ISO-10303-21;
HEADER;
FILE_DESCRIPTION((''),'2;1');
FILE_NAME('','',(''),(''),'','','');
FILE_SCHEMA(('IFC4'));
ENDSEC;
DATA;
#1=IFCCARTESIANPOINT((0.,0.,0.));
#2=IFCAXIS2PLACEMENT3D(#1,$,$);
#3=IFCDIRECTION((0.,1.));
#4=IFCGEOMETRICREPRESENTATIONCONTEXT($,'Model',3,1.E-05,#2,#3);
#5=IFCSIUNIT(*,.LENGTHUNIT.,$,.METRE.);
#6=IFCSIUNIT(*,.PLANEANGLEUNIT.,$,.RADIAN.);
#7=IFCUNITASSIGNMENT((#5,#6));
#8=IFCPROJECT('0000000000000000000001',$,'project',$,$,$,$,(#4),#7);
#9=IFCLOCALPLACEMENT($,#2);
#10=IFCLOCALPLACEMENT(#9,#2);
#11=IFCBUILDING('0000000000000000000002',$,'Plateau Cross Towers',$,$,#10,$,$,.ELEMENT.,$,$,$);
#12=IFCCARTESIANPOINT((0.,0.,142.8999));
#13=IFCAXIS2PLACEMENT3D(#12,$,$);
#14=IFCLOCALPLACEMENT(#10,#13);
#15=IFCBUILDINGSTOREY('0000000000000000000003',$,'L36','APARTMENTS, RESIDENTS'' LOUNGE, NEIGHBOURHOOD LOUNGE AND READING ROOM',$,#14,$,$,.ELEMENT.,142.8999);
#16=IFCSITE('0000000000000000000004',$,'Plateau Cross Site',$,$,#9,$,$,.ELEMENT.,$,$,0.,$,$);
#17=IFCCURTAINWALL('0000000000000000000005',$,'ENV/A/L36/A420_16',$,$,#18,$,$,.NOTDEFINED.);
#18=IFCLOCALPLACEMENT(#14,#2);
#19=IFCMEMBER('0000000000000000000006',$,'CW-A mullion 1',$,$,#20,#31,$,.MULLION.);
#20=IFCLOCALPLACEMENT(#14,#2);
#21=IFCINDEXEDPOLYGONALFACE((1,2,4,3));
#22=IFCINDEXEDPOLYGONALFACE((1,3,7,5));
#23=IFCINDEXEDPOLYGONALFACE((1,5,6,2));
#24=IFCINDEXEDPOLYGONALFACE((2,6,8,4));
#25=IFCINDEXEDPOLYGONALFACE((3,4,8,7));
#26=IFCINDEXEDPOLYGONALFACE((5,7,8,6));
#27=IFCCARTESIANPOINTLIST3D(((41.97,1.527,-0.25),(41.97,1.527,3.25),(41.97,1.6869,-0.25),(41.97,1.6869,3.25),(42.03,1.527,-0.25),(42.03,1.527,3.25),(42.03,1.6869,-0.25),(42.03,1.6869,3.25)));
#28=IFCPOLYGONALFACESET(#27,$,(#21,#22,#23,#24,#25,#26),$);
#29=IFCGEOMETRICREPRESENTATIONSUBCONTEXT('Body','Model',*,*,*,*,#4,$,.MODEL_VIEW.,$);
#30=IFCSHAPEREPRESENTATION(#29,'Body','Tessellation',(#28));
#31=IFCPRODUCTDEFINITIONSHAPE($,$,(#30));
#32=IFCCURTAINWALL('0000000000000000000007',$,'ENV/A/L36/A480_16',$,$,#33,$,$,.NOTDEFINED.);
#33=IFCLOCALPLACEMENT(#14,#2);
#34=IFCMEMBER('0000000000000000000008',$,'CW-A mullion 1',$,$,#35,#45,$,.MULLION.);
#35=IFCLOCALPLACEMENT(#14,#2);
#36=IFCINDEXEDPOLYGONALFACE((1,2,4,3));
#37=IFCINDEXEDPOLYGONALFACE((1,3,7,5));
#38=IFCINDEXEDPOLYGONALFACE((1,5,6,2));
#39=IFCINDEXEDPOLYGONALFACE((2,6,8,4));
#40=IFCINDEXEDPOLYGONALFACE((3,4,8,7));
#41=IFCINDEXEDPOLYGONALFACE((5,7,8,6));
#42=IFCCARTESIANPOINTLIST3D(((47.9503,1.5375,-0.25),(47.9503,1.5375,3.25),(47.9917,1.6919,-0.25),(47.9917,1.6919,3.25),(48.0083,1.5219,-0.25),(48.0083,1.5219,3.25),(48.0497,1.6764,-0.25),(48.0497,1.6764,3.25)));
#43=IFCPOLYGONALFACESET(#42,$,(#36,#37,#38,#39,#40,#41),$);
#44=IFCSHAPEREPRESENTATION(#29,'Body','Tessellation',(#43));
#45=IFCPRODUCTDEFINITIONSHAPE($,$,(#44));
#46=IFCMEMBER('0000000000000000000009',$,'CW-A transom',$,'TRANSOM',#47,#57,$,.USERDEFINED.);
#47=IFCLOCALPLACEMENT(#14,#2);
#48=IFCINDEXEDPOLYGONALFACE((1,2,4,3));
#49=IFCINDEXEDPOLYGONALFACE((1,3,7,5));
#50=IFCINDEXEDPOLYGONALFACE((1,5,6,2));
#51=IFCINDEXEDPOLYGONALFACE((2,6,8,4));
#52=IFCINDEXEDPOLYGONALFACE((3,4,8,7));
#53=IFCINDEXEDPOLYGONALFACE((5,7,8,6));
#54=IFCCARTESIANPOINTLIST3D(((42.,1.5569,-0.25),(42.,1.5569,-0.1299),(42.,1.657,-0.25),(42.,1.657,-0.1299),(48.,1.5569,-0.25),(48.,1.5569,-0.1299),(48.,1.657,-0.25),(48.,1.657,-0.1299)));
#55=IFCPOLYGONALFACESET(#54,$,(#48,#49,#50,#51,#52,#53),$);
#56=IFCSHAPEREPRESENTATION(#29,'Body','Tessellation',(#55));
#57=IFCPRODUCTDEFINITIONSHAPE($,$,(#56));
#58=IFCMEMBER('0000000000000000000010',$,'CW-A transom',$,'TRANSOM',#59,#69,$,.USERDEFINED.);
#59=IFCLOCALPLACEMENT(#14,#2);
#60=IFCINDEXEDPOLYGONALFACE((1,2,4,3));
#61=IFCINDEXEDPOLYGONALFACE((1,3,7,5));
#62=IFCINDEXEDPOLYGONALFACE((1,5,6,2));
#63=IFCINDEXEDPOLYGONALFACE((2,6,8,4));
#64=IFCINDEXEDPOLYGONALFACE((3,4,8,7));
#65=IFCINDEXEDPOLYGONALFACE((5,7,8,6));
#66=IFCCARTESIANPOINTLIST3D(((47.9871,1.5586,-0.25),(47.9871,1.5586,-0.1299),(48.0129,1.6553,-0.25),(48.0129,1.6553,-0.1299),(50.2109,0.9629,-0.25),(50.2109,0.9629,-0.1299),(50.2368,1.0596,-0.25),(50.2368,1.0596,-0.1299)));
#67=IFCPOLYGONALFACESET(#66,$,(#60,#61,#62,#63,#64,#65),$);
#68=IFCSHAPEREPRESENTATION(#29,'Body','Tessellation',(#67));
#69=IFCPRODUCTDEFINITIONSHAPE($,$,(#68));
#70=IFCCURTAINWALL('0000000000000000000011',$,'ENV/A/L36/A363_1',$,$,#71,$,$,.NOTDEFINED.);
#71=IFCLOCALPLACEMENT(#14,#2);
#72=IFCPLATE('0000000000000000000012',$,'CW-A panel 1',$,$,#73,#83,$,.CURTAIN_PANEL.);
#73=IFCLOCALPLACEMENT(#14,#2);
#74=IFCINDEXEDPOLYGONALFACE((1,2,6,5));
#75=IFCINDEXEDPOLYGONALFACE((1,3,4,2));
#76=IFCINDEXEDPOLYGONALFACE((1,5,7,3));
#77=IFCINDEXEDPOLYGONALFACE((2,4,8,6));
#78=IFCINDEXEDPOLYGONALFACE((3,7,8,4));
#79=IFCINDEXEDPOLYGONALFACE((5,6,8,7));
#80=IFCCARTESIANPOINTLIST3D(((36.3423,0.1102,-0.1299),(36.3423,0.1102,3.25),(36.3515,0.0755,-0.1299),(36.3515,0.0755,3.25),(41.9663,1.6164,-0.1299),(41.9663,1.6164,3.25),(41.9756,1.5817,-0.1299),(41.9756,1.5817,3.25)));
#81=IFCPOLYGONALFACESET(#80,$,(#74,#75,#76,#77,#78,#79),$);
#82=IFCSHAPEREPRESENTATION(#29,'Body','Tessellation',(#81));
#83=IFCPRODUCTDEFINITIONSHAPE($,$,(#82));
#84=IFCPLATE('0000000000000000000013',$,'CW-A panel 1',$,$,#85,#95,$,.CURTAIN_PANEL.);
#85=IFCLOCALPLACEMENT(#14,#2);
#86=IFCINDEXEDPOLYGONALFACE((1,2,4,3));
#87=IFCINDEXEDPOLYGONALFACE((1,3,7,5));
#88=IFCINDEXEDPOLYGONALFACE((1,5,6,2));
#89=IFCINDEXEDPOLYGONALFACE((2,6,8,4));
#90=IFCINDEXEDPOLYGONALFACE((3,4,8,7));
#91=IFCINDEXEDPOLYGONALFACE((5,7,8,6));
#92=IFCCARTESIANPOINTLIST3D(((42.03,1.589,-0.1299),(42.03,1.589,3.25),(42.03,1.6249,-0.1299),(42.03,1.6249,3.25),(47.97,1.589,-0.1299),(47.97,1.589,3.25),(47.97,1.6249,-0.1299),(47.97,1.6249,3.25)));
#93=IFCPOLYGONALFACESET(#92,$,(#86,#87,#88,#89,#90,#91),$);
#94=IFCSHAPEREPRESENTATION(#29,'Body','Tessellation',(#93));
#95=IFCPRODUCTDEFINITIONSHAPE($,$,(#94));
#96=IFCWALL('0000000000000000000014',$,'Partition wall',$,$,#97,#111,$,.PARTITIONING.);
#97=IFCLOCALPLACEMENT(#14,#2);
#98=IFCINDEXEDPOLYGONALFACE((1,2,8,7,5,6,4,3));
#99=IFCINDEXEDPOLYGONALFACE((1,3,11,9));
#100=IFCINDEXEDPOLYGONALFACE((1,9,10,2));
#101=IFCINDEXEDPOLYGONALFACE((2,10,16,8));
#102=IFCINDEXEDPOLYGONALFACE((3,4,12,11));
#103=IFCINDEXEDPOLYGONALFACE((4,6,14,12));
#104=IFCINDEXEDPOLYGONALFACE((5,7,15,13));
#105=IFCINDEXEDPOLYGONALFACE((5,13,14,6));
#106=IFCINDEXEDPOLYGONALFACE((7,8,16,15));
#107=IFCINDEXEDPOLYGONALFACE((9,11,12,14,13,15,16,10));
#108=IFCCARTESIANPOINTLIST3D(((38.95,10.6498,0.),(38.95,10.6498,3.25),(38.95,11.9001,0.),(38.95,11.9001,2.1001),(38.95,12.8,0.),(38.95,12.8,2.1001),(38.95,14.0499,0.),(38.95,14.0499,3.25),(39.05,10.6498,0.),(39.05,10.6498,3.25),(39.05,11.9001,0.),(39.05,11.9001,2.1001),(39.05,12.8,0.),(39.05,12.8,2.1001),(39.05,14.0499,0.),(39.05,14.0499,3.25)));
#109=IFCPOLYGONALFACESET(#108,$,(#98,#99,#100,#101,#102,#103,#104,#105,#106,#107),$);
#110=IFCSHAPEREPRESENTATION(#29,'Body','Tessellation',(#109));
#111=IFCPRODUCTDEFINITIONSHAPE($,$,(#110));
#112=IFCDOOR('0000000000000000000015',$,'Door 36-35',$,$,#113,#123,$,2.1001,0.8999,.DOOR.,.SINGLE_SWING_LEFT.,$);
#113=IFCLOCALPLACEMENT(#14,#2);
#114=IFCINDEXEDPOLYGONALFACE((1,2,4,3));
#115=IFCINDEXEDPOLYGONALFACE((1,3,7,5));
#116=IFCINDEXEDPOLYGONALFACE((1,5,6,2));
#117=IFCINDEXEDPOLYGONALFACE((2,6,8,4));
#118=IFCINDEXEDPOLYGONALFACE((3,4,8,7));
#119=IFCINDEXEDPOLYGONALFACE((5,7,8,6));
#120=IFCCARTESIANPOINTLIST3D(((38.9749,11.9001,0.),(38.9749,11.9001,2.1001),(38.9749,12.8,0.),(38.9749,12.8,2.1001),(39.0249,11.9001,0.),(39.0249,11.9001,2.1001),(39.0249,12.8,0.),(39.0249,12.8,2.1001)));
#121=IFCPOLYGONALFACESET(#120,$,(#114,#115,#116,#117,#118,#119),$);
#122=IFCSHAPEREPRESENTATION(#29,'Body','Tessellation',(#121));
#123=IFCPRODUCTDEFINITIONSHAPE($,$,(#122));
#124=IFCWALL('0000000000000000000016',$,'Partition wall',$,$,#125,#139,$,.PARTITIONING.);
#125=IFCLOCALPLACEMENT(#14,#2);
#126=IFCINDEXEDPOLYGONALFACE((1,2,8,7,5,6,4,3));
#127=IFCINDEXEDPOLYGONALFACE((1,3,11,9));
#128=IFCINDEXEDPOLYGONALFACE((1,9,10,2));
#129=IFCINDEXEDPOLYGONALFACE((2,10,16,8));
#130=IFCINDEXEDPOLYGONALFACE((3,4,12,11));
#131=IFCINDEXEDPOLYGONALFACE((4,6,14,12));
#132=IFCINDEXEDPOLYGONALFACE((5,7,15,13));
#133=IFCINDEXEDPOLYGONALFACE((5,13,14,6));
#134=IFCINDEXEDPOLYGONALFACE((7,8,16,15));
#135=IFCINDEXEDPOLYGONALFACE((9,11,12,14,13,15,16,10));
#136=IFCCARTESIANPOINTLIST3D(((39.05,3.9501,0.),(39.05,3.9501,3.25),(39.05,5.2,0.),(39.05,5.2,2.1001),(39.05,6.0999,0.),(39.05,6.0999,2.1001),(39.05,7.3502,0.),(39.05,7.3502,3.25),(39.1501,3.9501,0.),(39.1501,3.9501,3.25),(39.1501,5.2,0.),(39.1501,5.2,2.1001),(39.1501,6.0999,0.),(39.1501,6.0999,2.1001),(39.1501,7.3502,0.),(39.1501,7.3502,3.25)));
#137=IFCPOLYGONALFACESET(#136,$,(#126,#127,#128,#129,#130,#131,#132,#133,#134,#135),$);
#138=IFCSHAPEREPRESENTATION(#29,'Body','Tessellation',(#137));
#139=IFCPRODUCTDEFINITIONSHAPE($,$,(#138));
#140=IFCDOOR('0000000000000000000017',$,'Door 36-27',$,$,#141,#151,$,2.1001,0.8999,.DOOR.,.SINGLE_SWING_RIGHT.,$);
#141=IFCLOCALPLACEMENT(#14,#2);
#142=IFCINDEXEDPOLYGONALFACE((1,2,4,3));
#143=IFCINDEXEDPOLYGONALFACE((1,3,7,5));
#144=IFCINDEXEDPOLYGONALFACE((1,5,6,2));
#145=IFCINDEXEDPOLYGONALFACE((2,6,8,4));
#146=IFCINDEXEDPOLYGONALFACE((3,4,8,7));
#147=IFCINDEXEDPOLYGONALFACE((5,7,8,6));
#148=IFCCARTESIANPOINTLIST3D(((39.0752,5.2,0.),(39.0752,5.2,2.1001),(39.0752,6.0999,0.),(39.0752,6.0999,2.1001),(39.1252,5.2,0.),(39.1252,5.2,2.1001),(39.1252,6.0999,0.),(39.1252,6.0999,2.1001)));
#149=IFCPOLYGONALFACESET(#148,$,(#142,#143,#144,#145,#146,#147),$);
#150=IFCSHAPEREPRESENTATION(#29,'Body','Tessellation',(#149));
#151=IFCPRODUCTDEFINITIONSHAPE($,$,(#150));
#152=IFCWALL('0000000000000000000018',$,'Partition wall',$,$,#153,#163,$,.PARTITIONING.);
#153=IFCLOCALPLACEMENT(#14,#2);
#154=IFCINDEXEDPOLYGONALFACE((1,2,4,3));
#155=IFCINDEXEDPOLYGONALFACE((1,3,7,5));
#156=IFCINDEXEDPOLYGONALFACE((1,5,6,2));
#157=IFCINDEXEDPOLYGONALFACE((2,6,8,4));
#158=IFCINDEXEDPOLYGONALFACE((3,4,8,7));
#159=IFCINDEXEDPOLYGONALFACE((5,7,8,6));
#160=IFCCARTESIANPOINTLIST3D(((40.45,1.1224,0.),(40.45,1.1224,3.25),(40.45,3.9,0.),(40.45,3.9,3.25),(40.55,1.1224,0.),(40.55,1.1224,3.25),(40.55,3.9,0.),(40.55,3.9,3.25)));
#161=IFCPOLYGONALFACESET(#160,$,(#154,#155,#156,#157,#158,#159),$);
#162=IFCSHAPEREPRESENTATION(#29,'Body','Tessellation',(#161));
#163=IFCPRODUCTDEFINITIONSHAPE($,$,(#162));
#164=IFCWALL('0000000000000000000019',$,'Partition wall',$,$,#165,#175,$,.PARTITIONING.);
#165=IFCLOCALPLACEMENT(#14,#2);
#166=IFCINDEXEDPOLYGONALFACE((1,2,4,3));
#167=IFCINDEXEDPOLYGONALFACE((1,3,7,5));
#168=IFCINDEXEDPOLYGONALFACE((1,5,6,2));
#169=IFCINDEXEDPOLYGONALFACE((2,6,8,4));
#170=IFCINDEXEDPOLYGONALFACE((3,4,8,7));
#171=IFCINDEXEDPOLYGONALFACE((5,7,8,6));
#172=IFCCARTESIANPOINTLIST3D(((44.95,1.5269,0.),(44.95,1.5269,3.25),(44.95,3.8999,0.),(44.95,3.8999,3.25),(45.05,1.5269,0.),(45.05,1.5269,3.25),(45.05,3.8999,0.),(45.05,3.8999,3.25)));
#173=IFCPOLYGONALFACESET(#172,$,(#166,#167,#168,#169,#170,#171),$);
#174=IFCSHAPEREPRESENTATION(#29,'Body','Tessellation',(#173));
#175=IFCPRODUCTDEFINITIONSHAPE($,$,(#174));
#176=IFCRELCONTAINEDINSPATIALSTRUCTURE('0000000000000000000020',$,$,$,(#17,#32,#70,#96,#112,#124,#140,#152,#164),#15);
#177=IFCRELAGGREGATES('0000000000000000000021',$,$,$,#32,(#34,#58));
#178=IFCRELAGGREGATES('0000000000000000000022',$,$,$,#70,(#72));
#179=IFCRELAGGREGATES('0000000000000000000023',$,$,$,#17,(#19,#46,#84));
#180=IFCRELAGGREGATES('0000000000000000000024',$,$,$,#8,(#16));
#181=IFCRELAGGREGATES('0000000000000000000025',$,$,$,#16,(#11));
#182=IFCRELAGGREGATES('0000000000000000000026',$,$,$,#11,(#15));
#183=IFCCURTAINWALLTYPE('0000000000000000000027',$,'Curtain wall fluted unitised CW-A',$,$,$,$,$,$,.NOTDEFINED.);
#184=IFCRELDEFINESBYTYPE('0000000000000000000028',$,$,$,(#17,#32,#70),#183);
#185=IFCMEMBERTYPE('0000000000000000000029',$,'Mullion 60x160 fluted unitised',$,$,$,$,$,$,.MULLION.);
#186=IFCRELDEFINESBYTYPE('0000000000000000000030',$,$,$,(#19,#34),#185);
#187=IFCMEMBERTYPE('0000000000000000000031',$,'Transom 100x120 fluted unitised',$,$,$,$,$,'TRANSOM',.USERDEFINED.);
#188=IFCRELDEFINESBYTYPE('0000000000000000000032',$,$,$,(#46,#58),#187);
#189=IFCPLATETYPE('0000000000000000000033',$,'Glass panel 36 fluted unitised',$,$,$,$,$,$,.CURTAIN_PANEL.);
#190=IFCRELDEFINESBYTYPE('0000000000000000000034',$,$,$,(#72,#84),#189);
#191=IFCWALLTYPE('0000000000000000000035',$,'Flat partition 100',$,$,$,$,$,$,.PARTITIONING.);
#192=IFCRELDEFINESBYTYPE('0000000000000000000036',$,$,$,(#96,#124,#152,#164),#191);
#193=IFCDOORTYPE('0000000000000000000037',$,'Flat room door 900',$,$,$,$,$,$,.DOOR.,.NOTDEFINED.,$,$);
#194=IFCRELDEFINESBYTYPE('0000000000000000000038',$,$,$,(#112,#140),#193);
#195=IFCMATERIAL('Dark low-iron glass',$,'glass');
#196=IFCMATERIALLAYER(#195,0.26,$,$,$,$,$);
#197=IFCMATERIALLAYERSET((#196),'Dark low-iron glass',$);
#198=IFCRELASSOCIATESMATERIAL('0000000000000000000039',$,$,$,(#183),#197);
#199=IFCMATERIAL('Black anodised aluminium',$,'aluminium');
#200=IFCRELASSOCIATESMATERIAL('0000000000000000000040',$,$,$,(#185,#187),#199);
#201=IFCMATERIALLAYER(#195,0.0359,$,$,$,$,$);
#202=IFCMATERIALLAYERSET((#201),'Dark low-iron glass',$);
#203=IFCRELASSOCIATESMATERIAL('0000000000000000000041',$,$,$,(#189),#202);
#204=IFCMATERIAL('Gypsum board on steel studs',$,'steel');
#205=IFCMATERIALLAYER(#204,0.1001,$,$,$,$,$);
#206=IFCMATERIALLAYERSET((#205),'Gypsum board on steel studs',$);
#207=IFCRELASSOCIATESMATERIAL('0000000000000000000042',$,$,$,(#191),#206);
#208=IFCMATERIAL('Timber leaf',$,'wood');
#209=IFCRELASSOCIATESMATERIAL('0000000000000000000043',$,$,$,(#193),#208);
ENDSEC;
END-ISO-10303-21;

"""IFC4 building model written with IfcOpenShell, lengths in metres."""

from ifc_helpers import new_model, si_unit, direction, frame, frame_2d, origin, origin_2d, place, context, subcontext, project, spatial, rectangle, extrude, material, layer, layer_set, material_profile, profile_set, type_object, element, fill, aggregate, save


model = new_model("IFC4")

# Units and contexts
model_context = context("Model", 3, precision=1e-05, world=origin(), true_north=direction((0.0, 1.0)))
body_context = subcontext(model_context, "Body", "Model", "MODEL_VIEW")
ifc_project = project(units=[si_unit("LENGTHUNIT", "METRE"), si_unit("PLANEANGLEUNIT", "RADIAN")], contexts=[model_context])

# Site, building, storey
site_placement = place(None, origin())
site = spatial("IfcSite", under=ifc_project, at=site_placement, Name="Plateau Cross Site", CompositionType="ELEMENT", RefElevation=0.0)
building_placement = place(site_placement, origin())
building = spatial("IfcBuilding", under=site, at=building_placement, Name="Plateau Cross Towers", CompositionType="ELEMENT")
storey_placement = place(building_placement, frame((0.0, 0.0, 142.8999)))
storey = spatial("IfcBuildingStorey", under=building, at=storey_placement, Name="L36", Description="APARTMENTS, RESIDENTS' LOUNGE, NEIGHBOURHOOD LOUNGE AND READING ROOM", CompositionType="ELEMENT", Elevation=142.8999)

# Curtain walls, members
ifc_material_1 = material(Name="Dark low-iron glass", Category="glass")
ifc_layer_1 = layer(ifc_material_1, 0.26)
ifc_layer_set_1 = layer_set([ifc_layer_1], Name="Dark low-iron glass")
curtain_wall_type = type_object("IfcCurtainWallType", Name="Curtain wall fluted unitised CW-A", PredefinedType="NOTDEFINED", material=ifc_layer_set_1)
curtain_wall_1_placement = place(storey_placement, origin())
curtain_wall_1 = element("IfcCurtainWall", 1, at=curtain_wall_1_placement, inside=storey, type_object=curtain_wall_type, Name="ENV/A/L36/A420_16", PredefinedType="NOTDEFINED")
ifc_material_2 = material(Name="Black anodised aluminium", Category="aluminium")
ifc_material_profile_1 = material_profile(ifc_material_2, rectangle(XDim=0.0601, YDim=0.1599, at=origin_2d()), Name="MULLION 60x160")
ifc_profile_set_1 = profile_set([ifc_material_profile_1], Name="Black anodised aluminium")
member_type_1 = type_object("IfcMemberType", Name="Mullion 60x160 fluted unitised", PredefinedType="MULLION", material=ifc_profile_set_1)
member_1_placement = place(storey_placement, frame((42.0, 1.6069, -0.25), z_axis=(0.0, 0.0, 1.0), x_axis=(1.0, 0.0, 0.0)))
member_1 = element("IfcMember", 2, at=member_1_placement, type_object=member_type_1, Name="CW-A mullion 1", PredefinedType="MULLION", context=body_context, shape_type="SweptSolid", body=[
    extrude(rectangle(XDim=0.0601, YDim=0.1599, at=origin_2d()), origin(), (0.0, 0.0, 1.0), 3.5),
])
curtain_wall_2_placement = place(storey_placement, origin())
curtain_wall_2 = element("IfcCurtainWall", 3, at=curtain_wall_2_placement, inside=storey, type_object=curtain_wall_type, Name="ENV/A/L36/A480_16", PredefinedType="NOTDEFINED")
member_2_placement = place(storey_placement, frame((48.0, 1.6069, -0.25), z_axis=(0.0, 0.0, 1.0), x_axis=(0.965958, -0.258699, 0.0)))
member_2 = element("IfcMember", 4, at=member_2_placement, type_object=member_type_1, Name="CW-A mullion 1", PredefinedType="MULLION", context=body_context, shape_type="SweptSolid", body=[
    extrude(rectangle(XDim=0.0601, YDim=0.1599, at=origin_2d()), origin(), (0.0, 0.0, 1.0), 3.5),
])

# Members
ifc_material_profile_2 = material_profile(ifc_material_2, rectangle(XDim=0.1001, YDim=0.1201, at=origin_2d()), Name="TRANSOM 100x120")
ifc_profile_set_2 = profile_set([ifc_material_profile_2], Name="Black anodised aluminium")
member_type_2 = type_object("IfcMemberType", Name="Transom 100x120 fluted unitised", ElementType="TRANSOM", PredefinedType="USERDEFINED", material=ifc_profile_set_2)
member_3_placement = place(storey_placement, frame((42.0, 1.6069, -0.1899), z_axis=(1.0, 0.0, 0.0), x_axis=(0.0, 1.0, 0.0)))
member_3 = element("IfcMember", 5, at=member_3_placement, type_object=member_type_2, Name="CW-A transom", ObjectType="TRANSOM", PredefinedType="USERDEFINED", context=body_context, shape_type="SweptSolid", body=[
    extrude(rectangle(XDim=0.1001, YDim=0.1201, at=origin_2d()), origin(), (0.0, 0.0, 1.0), 6.0),
])
member_4_placement = place(storey_placement, frame((48.0, 1.6069, -0.1899), z_axis=(0.965946, -0.258745, 0.0), x_axis=(0.258745, 0.965946, 0.0)))
member_4 = element("IfcMember", 6, at=member_4_placement, type_object=member_type_2, Name="CW-A transom", ObjectType="TRANSOM", PredefinedType="USERDEFINED", context=body_context, shape_type="SweptSolid", body=[
    extrude(rectangle(XDim=0.1001, YDim=0.1201, at=origin_2d()), origin(), (0.0, 0.0, 1.0), 2.3022),
])
aggregate(curtain_wall_2, [member_2, member_4])

# Curtain wall, plate
curtain_wall_3_placement = place(storey_placement, origin())
curtain_wall_3 = element("IfcCurtainWall", 7, at=curtain_wall_3_placement, inside=storey, type_object=curtain_wall_type, Name="ENV/A/L36/A363_1", PredefinedType="NOTDEFINED")
ifc_layer_2 = layer(ifc_material_1, 0.0359)
ifc_layer_set_2 = layer_set([ifc_layer_2], Name="Dark low-iron glass")
plate_type = type_object("IfcPlateType", Name="Glass panel 36 fluted unitised", PredefinedType="CURTAIN_PANEL", material=ifc_layer_set_2)
plate_1_placement = place(storey_placement, frame((39.1589, 0.8459, -0.1299), z_axis=(0.0, 0.0, 1.0), x_axis=(0.965958, 0.258699, 0.0)))
plate_1 = element("IfcPlate", 8, at=plate_1_placement, type_object=plate_type, Name="CW-A panel 1", PredefinedType="CURTAIN_PANEL", context=body_context, shape_type="SweptSolid", body=[
    extrude(rectangle(XDim=5.8223, YDim=0.0359, at=origin_2d()), origin(), (0.0, 0.0, 1.0), 3.3799),
])
aggregate(curtain_wall_3, [plate_1])

# Plate
plate_2_placement = place(storey_placement, frame((45.0, 1.6069, -0.1299), z_axis=(0.0, 0.0, 1.0), x_axis=(1.0, 0.0, 0.0)))
plate_2 = element("IfcPlate", 9, at=plate_2_placement, type_object=plate_type, Name="CW-A panel 1", PredefinedType="CURTAIN_PANEL", context=body_context, shape_type="SweptSolid", body=[
    extrude(rectangle(XDim=5.9399, YDim=0.0359, at=origin_2d()), origin(), (0.0, 0.0, 1.0), 3.3799),
])
aggregate(curtain_wall_1, [member_1, member_3, plate_2])

# Walls, openings, doors
ifc_material_3 = material(Name="Gypsum board on steel studs", Category="steel")
ifc_layer_3 = layer(ifc_material_3, 0.1001)
ifc_layer_set_3 = layer_set([ifc_layer_3], Name="Gypsum board on steel studs")
wall_type_1 = type_object("IfcWallType", Name="Flat partition 100", PredefinedType="PARTITIONING", material=ifc_layer_set_3)
wall_1_placement = place(storey_placement, frame((39.0, 14.05, 0.0), z_axis=(0.0, 0.0, 1.0), x_axis=(0.0, -1.0, 0.0)))
wall_1 = element("IfcWall", 10, at=wall_1_placement, inside=storey, type_object=wall_type_1, Name="Partition wall", PredefinedType="PARTITIONING", context=body_context, shape_type="SweptSolid", body=[
    extrude(rectangle(XDim=3.4001, YDim=0.1001, at=frame_2d((1.7002, 0.0))), origin(), (0.0, 0.0, 1.0), 3.25),
])
opening_1_placement = place(wall_1_placement, frame((1.25, 0.0, 0.0)))
opening_1 = element("IfcOpeningElement", 11, at=opening_1_placement, cuts=wall_1, PredefinedType="OPENING", context=body_context, shape_type="SweptSolid", body=[
    extrude(rectangle(XDim=0.8999, YDim=2.1001, at=frame_2d((0.45, 1.05))), frame((0.0, 0.0601, 0.0), z_axis=(0.0, -1.0, 0.0), x_axis=(1.0, 0.0, 0.0)), (0.0, 0.0, 1.0), 0.1201),
])
ifc_material_4 = material(Name="Timber leaf", Category="wood")
door_type_1 = type_object("IfcDoorType", Name="Flat room door 900", OperationType="NOTDEFINED", PredefinedType="DOOR", material=ifc_material_4)
door_1_placement = place(opening_1_placement, origin())
door_1 = element("IfcDoor", 12, at=door_1_placement, inside=storey, type_object=door_type_1, Name="Door 36-35", OperationType="SINGLE_SWING_LEFT", OverallHeight=2.1001, OverallWidth=0.8999, PredefinedType="DOOR", context=body_context, shape_type="SweptSolid", body=[
    extrude(rectangle(XDim=0.8999, YDim=2.1001, at=frame_2d((0.45, 1.05))), frame((0.0, 0.0249, 0.0), z_axis=(0.0, -1.0, 0.0), x_axis=(1.0, 0.0, 0.0)), (0.0, 0.0, 1.0), 0.05),
])
fill(opening_1, door_1)
wall_2_placement = place(storey_placement, frame((39.1001, 3.95, 0.0), z_axis=(0.0, 0.0, 1.0), x_axis=(0.0, 1.0, 0.0)))
wall_2 = element("IfcWall", 13, at=wall_2_placement, inside=storey, type_object=wall_type_1, Name="Partition wall", PredefinedType="PARTITIONING", context=body_context, shape_type="SweptSolid", body=[
    extrude(rectangle(XDim=3.4001, YDim=0.1001, at=frame_2d((1.7002, 0.0))), origin(), (0.0, 0.0, 1.0), 3.25),
])
opening_2_placement = place(wall_2_placement, frame((1.25, 0.0, 0.0)))
opening_2 = element("IfcOpeningElement", 14, at=opening_2_placement, cuts=wall_2, PredefinedType="OPENING", context=body_context, shape_type="SweptSolid", body=[
    extrude(rectangle(XDim=0.8999, YDim=2.1001, at=frame_2d((0.45, 1.05))), frame((0.0, 0.0601, 0.0), z_axis=(0.0, -1.0, 0.0), x_axis=(1.0, 0.0, 0.0)), (0.0, 0.0, 1.0), 0.1201),
])
door_2_placement = place(opening_2_placement, origin())
door_2 = element("IfcDoor", 15, at=door_2_placement, inside=storey, type_object=door_type_1, Name="Door 36-27", OperationType="SINGLE_SWING_RIGHT", OverallHeight=2.1001, OverallWidth=0.8999, PredefinedType="DOOR", context=body_context, shape_type="SweptSolid", body=[
    extrude(rectangle(XDim=0.8999, YDim=2.1001, at=frame_2d((0.45, 1.05))), frame((0.0, 0.0249, 0.0), z_axis=(0.0, -1.0, 0.0), x_axis=(1.0, 0.0, 0.0)), (0.0, 0.0, 1.0), 0.05),
])
fill(opening_2, door_2)

# Walls
wall_3_placement = place(storey_placement, frame((40.5, 3.8999, 0.0), z_axis=(0.0, 0.0, 1.0), x_axis=(0.0, -1.0, 0.0)))
element("IfcWall", 16, at=wall_3_placement, inside=storey, type_object=wall_type_1, Name="Partition wall", PredefinedType="PARTITIONING", context=body_context, shape_type="SweptSolid", body=[
    extrude(rectangle(XDim=2.7776, YDim=0.1001, at=frame_2d((1.3887, 0.0))), origin(), (0.0, 0.0, 1.0), 3.25),
])
wall_4_placement = place(storey_placement, frame((45.0, 1.5269, 0.0), z_axis=(0.0, 0.0, 1.0), x_axis=(0.0, 1.0, 0.0)))
element("IfcWall", 17, at=wall_4_placement, inside=storey, type_object=wall_type_1, Name="Partition wall", PredefinedType="PARTITIONING", context=body_context, shape_type="SweptSolid", body=[
    extrude(rectangle(XDim=2.373, YDim=0.1001, at=frame_2d((1.1865, 0.0))), origin(), (0.0, 0.0, 1.0), 3.25),
])

save(model, "model.ifc")
